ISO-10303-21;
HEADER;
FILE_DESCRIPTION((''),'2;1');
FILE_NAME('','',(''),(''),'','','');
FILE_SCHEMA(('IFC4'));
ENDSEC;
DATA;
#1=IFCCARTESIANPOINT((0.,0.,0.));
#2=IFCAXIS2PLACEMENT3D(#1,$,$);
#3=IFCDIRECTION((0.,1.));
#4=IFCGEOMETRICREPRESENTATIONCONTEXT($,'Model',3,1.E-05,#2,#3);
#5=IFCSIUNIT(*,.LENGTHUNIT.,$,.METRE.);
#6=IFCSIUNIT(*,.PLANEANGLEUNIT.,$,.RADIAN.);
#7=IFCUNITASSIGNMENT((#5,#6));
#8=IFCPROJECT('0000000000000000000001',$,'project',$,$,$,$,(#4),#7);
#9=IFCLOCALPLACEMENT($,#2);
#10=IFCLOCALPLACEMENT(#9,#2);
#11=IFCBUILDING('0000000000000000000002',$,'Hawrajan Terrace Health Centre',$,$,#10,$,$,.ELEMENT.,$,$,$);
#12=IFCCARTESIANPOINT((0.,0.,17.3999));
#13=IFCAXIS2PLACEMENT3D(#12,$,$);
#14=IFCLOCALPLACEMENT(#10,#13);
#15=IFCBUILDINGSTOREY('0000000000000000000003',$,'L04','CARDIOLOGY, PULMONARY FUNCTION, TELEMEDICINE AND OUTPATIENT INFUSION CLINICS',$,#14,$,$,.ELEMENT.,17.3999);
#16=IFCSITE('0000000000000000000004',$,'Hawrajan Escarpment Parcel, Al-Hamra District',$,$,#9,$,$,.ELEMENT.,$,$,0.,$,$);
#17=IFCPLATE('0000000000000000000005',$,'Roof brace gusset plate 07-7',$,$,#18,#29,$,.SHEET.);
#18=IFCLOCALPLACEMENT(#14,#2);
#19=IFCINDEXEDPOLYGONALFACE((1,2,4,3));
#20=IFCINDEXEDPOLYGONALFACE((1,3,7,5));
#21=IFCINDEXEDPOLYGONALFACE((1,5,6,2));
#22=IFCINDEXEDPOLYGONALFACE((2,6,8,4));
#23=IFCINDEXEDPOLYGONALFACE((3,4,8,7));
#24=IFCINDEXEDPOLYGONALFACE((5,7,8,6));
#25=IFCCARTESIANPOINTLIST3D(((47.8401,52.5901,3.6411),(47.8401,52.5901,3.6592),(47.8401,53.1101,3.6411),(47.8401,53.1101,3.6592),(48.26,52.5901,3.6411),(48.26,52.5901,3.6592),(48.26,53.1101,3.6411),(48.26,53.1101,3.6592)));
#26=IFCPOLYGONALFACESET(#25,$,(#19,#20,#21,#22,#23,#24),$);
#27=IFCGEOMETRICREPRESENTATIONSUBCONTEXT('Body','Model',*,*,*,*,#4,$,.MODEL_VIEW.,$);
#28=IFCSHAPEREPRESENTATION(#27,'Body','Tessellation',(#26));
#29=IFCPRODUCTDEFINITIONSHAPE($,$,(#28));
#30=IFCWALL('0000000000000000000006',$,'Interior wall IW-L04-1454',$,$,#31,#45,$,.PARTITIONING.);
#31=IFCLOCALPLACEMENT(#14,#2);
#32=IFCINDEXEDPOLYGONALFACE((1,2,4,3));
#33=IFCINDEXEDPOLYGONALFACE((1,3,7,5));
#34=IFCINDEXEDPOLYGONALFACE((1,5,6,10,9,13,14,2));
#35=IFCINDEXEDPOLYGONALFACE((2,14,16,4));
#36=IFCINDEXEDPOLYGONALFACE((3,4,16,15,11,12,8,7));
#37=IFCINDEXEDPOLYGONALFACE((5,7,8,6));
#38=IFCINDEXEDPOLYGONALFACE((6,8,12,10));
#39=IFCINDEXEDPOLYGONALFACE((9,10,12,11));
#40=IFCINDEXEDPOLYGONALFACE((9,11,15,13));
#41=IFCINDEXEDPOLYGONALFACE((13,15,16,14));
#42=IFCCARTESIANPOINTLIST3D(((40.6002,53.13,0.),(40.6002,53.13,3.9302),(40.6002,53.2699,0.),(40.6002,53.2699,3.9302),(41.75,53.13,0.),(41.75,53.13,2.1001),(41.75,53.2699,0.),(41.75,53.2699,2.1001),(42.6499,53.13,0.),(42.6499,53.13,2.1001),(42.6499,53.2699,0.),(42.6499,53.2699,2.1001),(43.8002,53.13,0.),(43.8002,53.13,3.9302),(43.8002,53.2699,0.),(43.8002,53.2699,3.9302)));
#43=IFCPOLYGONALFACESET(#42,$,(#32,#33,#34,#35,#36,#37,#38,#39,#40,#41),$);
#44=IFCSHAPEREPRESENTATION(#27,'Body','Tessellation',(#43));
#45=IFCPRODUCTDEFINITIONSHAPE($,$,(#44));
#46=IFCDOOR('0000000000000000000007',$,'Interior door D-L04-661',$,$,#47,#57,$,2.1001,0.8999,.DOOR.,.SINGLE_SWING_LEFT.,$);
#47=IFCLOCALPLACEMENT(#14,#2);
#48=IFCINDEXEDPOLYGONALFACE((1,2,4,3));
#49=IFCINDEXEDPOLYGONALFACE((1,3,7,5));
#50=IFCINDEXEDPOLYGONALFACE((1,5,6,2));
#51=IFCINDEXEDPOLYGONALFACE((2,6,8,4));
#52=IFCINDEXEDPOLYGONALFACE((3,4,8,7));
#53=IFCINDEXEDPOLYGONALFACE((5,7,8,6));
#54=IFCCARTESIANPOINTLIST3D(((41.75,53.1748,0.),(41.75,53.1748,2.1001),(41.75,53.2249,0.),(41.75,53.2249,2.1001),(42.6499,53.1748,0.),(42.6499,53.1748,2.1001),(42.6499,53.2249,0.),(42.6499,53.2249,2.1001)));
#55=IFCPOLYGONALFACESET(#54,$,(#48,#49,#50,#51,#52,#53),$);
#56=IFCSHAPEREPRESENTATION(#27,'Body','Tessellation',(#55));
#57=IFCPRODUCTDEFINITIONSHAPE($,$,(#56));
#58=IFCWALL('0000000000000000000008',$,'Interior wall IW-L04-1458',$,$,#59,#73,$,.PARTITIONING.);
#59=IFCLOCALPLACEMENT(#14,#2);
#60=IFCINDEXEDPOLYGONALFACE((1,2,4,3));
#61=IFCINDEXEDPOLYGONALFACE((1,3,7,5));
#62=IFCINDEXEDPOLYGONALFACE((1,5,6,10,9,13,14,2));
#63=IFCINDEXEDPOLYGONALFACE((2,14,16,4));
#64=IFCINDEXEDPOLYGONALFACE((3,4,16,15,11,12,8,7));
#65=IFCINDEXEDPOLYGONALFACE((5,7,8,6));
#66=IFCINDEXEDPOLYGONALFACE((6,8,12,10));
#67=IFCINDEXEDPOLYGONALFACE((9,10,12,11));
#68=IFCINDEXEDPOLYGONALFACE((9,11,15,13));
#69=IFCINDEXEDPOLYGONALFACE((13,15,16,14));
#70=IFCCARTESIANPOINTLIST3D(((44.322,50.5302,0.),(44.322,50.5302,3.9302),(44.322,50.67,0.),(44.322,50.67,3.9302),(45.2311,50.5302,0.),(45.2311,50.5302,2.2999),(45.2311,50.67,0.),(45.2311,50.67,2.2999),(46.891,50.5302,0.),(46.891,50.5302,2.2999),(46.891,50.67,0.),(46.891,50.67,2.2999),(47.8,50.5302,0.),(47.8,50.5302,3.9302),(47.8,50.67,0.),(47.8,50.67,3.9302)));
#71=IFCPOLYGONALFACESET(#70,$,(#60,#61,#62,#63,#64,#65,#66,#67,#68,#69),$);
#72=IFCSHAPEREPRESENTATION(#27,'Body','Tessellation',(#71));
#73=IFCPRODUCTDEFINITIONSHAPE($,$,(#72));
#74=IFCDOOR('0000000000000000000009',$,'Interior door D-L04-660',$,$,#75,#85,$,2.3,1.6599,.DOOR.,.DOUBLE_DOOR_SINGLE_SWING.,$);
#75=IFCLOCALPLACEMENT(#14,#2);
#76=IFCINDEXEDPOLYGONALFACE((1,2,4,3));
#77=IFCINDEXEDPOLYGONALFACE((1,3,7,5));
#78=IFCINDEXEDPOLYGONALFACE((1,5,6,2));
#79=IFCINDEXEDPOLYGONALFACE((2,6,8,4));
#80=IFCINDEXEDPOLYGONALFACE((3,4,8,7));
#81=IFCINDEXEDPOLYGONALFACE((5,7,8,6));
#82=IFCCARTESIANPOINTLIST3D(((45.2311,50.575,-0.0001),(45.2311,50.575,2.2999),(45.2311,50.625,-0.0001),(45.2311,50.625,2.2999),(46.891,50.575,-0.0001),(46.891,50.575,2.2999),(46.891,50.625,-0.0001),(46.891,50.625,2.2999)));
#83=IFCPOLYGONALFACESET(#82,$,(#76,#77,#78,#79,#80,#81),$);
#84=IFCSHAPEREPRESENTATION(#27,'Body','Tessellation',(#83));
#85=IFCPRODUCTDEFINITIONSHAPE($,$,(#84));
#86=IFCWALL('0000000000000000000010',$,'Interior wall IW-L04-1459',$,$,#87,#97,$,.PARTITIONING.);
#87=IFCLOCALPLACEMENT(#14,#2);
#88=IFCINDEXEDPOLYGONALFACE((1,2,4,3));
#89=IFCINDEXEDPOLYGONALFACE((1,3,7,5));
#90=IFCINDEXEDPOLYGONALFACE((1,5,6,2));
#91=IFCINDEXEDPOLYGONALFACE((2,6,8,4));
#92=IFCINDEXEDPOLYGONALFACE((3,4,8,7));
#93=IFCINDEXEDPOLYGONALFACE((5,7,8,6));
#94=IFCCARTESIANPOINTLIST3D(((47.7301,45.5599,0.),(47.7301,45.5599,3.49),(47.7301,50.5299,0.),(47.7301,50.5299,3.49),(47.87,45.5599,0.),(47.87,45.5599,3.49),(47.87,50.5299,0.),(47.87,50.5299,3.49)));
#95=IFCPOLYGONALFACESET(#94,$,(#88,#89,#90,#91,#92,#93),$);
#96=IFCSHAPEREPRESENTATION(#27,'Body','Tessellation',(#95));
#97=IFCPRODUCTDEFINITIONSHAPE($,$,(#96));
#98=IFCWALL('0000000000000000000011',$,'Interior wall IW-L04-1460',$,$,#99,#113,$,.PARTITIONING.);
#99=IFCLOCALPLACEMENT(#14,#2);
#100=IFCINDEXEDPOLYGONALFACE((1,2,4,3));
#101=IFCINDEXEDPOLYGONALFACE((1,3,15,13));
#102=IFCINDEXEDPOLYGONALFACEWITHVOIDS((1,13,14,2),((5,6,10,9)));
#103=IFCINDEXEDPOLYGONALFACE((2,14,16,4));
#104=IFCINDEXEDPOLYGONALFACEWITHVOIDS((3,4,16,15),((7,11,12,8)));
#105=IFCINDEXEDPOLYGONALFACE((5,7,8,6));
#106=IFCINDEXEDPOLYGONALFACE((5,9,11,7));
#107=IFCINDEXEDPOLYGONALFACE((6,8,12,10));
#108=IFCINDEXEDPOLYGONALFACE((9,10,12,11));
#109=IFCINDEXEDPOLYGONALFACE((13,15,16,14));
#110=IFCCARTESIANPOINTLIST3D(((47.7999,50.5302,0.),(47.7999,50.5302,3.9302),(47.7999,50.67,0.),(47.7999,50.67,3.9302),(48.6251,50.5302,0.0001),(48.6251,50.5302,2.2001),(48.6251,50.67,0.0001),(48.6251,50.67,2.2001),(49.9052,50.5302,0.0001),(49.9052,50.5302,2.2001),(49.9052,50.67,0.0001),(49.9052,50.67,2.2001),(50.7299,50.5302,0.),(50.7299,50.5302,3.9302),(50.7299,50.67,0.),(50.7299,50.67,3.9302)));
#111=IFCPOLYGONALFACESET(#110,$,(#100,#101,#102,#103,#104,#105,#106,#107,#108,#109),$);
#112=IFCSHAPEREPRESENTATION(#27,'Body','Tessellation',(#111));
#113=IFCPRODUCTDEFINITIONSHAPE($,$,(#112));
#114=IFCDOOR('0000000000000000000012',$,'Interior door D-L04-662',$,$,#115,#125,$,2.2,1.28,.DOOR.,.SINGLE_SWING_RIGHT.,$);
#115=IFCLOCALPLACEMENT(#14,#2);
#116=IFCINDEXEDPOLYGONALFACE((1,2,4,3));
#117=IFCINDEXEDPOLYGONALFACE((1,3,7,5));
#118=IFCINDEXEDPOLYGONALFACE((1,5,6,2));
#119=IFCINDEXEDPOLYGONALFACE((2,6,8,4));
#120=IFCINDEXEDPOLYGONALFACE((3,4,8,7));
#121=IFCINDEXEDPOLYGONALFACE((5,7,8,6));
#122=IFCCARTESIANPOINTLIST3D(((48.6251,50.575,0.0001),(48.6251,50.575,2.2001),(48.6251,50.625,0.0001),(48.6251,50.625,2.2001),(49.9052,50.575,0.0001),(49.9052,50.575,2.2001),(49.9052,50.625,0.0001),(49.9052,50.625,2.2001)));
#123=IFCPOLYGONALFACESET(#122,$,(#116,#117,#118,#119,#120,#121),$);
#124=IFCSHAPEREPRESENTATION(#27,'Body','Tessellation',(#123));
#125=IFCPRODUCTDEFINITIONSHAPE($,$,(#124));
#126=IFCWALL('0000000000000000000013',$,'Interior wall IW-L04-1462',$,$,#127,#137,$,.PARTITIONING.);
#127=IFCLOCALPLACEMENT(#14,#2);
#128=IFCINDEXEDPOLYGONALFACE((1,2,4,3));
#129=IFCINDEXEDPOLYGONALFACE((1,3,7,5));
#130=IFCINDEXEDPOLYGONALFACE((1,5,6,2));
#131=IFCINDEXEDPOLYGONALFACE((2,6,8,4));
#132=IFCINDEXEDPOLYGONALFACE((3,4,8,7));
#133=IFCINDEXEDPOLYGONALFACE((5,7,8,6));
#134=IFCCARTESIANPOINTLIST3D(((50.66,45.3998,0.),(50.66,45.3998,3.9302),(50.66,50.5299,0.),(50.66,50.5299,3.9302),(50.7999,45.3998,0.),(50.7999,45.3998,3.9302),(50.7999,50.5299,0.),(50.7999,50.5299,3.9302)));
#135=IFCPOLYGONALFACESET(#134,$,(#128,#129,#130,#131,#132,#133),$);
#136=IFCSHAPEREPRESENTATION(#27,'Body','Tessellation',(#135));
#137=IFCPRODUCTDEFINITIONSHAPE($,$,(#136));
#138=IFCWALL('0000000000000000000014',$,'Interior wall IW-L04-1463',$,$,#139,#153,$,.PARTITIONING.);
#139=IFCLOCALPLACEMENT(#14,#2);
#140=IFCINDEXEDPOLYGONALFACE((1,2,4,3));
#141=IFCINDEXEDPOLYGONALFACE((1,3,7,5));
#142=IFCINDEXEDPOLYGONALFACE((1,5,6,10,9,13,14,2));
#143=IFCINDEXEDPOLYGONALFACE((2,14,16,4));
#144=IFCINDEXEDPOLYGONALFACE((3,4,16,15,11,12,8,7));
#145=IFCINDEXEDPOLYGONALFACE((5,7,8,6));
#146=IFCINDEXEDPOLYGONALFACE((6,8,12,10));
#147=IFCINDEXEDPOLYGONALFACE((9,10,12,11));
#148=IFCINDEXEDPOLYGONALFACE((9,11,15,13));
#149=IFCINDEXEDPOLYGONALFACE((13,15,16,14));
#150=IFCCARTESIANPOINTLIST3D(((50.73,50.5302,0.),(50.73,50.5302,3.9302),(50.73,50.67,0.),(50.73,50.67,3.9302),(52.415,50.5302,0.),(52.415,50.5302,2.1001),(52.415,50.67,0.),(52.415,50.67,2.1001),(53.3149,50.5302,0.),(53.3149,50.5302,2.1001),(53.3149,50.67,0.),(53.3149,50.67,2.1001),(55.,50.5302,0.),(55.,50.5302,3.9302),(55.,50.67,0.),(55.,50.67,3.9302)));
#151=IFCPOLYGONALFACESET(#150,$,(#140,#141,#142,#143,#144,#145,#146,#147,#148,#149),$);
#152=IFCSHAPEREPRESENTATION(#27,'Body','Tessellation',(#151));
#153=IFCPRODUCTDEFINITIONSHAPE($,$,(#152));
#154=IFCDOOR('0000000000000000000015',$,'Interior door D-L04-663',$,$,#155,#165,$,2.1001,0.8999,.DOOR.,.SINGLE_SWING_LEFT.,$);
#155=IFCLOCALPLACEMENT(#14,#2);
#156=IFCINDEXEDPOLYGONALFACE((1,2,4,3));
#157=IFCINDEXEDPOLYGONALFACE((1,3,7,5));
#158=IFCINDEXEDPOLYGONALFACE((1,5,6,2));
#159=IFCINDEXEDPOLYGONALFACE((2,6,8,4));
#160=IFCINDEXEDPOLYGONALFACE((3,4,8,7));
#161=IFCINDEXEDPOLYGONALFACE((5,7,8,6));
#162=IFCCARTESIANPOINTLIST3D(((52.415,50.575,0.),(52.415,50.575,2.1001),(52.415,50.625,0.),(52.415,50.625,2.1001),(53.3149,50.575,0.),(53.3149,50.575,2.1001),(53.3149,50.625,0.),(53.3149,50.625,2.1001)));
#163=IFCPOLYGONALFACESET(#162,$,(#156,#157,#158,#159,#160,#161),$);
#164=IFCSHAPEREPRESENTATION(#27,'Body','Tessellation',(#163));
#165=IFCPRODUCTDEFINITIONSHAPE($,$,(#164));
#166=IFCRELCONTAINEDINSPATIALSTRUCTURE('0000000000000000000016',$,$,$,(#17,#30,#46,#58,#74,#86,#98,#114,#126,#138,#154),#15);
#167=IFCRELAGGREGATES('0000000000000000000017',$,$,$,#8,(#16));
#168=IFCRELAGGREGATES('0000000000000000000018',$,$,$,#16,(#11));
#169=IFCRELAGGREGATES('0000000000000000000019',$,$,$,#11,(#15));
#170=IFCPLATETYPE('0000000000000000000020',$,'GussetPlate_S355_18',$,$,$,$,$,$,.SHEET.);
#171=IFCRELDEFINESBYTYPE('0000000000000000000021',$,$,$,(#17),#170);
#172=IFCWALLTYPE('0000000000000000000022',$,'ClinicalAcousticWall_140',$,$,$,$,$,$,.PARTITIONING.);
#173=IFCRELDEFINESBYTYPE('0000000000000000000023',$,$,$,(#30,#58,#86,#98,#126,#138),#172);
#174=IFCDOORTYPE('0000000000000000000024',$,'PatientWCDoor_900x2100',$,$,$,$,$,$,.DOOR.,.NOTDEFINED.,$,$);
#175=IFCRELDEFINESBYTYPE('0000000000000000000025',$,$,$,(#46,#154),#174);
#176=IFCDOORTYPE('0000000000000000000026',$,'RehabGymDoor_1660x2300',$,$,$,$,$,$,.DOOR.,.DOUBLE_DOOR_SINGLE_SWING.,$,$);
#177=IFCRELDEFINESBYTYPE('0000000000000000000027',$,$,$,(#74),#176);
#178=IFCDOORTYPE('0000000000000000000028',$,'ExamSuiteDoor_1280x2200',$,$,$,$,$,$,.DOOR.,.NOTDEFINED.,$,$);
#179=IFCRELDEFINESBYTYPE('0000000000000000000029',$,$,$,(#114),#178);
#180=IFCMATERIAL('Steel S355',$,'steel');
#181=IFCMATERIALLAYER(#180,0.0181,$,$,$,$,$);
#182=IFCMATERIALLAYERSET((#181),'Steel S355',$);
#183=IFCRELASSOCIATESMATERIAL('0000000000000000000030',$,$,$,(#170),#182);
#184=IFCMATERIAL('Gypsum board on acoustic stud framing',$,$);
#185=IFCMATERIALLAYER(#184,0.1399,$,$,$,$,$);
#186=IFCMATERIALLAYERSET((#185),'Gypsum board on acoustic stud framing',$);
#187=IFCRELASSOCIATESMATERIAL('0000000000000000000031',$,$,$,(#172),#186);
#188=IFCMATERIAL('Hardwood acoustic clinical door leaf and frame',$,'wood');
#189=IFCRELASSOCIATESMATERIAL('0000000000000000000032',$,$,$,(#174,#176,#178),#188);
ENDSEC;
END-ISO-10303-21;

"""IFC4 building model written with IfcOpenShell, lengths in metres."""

from ifc_helpers import new_model, si_unit, direction, frame, frame_2d, origin, origin_2d, place, context, subcontext, project, spatial, rectangle, extrude, material, layer, layer_set, type_object, element, fill, save


model = new_model("IFC4")

# Units and contexts
model_context = context("Model", 3, precision=1e-05, world=origin(), true_north=direction((0.0, 1.0)))
body_context = subcontext(model_context, "Body", "Model", "MODEL_VIEW")
ifc_project = project(units=[si_unit("LENGTHUNIT", "METRE"), si_unit("PLANEANGLEUNIT", "RADIAN")], contexts=[model_context])

# Site, building, storey
site_placement = place(None, origin())
site = spatial("IfcSite", under=ifc_project, at=site_placement, Name="Hawrajan Escarpment Parcel, Al-Hamra District", CompositionType="ELEMENT", RefElevation=0.0)
building_placement = place(site_placement, origin())
building = spatial("IfcBuilding", under=site, at=building_placement, Name="Hawrajan Terrace Health Centre", CompositionType="ELEMENT")
storey_placement = place(building_placement, frame((0.0, 0.0, 17.3999)))
storey = spatial("IfcBuildingStorey", under=building, at=storey_placement, Name="L04", Description="CARDIOLOGY, PULMONARY FUNCTION, TELEMEDICINE AND OUTPATIENT INFUSION CLINICS", CompositionType="ELEMENT", Elevation=17.3999)

# Plate
ifc_material_1 = material(Name="Steel S355", Category="steel")
ifc_layer_1 = layer(ifc_material_1, 0.0181)
ifc_layer_set_1 = layer_set([ifc_layer_1], Name="Steel S355")
plate_type = type_object("IfcPlateType", Name="GussetPlate_S355_18", PredefinedType="SHEET", material=ifc_layer_set_1)
for number, where, z_axis, x_axis, name in (
    (1, (48.05, 52.8501, 3.6411), (0.0, 0.0, 1.0), (1.0, 0.0, 0.0), "Roof brace gusset plate 07-7"),
):
    element("IfcPlate", number, at=place(storey_placement, frame(where, z_axis=z_axis, x_axis=x_axis)), inside=storey, type_object=plate_type, Name=name, PredefinedType="SHEET", context=body_context, shape_type="SweptSolid", body=[
        extrude(rectangle(XDim=0.4199, YDim=0.52, at=origin_2d()), origin(), (0.0, 0.0, 1.0), 0.0181),
    ])

# Walls, openings, doors
ifc_material_2 = material(Name="Gypsum board on acoustic stud framing")
ifc_layer_2 = layer(ifc_material_2, 0.1399)
ifc_layer_set_2 = layer_set([ifc_layer_2], Name="Gypsum board on acoustic stud framing")
wall_type_1 = type_object("IfcWallType", Name="ClinicalAcousticWall_140", PredefinedType="PARTITIONING", material=ifc_layer_set_2)
wall_1_placement = place(storey_placement, frame((40.6001, 53.2, 0.0), z_axis=(0.0, 0.0, 1.0), x_axis=(1.0, 0.0, 0.0)))
wall_1 = element("IfcWall", 2, at=wall_1_placement, inside=storey, type_object=wall_type_1, Name="Interior wall IW-L04-1454", PredefinedType="PARTITIONING", context=body_context, shape_type="SweptSolid", body=[
    extrude(rectangle(XDim=3.2, YDim=0.1399, at=frame_2d((1.6001, 0.0))), origin(), (0.0, 0.0, 1.0), 3.9302),
])
opening_1_placement = place(wall_1_placement, frame((1.1499, 0.0, 0.0)))
opening_1 = element("IfcOpeningElement", 3, at=opening_1_placement, cuts=wall_1, PredefinedType="OPENING", context=body_context, shape_type="SweptSolid", body=[
    extrude(rectangle(XDim=0.8999, YDim=2.1001, at=frame_2d((0.45, 1.05))), frame((0.0, 0.0798, 0.0), z_axis=(0.0, -1.0, 0.0), x_axis=(1.0, 0.0, 0.0)), (0.0, 0.0, 1.0), 0.1599),
])
ifc_material_3 = material(Name="Hardwood acoustic clinical door leaf and frame", Category="wood")
door_type_1 = type_object("IfcDoorType", Name="PatientWCDoor_900x2100", OperationType="NOTDEFINED", PredefinedType="DOOR", material=ifc_material_3)
door_1_placement = place(opening_1_placement, origin())
door_1 = element("IfcDoor", 4, at=door_1_placement, inside=storey, type_object=door_type_1, Name="Interior door D-L04-661", OperationType="SINGLE_SWING_LEFT", OverallHeight=2.1001, OverallWidth=0.8999, PredefinedType="DOOR", context=body_context, shape_type="SweptSolid", body=[
    extrude(rectangle(XDim=0.8999, YDim=2.1001, at=frame_2d((0.45, 1.05))), frame((0.0, 0.0249, 0.0), z_axis=(0.0, -1.0, 0.0), x_axis=(1.0, 0.0, 0.0)), (0.0, 0.0, 1.0), 0.05),
])
fill(opening_1, door_1)
wall_2_placement = place(storey_placement, frame((44.322, 50.6001, 0.0), z_axis=(0.0, 0.0, 1.0), x_axis=(1.0, 0.0, 0.0)))
wall_2 = element("IfcWall", 5, at=wall_2_placement, inside=storey, type_object=wall_type_1, Name="Interior wall IW-L04-1458", PredefinedType="PARTITIONING", context=body_context, shape_type="SweptSolid", body=[
    extrude(rectangle(XDim=3.478, YDim=0.1399, at=frame_2d((1.739, 0.0))), origin(), (0.0, 0.0, 1.0), 3.9302),
])
opening_2_placement = place(wall_2_placement, frame((0.9089, 0.0, 0.0)))
opening_2 = element("IfcOpeningElement", 6, at=opening_2_placement, cuts=wall_2, PredefinedType="OPENING", context=body_context, shape_type="SweptSolid", body=[
    extrude(rectangle(XDim=1.6599, YDim=2.3, at=frame_2d((0.8301, 1.1499))), frame((0.0, 0.0798, 0.0), z_axis=(0.0, -1.0, 0.0), x_axis=(1.0, 0.0, 0.0)), (0.0, 0.0, 1.0), 0.1599),
])
door_type_2 = type_object("IfcDoorType", Name="RehabGymDoor_1660x2300", OperationType="DOUBLE_DOOR_SINGLE_SWING", PredefinedType="DOOR", material=ifc_material_3)
door_2_placement = place(opening_2_placement, origin())
door_2 = element("IfcDoor", 7, at=door_2_placement, inside=storey, type_object=door_type_2, Name="Interior door D-L04-660", OperationType="DOUBLE_DOOR_SINGLE_SWING", OverallHeight=2.3, OverallWidth=1.6599, PredefinedType="DOOR", context=body_context, shape_type="SweptSolid", body=[
    extrude(rectangle(XDim=1.6599, YDim=2.3, at=frame_2d((0.8301, 1.1499))), frame((0.0, 0.0249, 0.0), z_axis=(0.0, -1.0, 0.0), x_axis=(1.0, 0.0, 0.0)), (0.0, 0.0, 1.0), 0.05),
])
fill(opening_2, door_2)

# Wall
wall_3_placement = place(storey_placement, frame((47.8, 45.5601, 0.0), z_axis=(0.0, 0.0, 1.0), x_axis=(0.0, 1.0, 0.0)))
element("IfcWall", 8, at=wall_3_placement, inside=storey, type_object=wall_type_1, Name="Interior wall IW-L04-1459", PredefinedType="PARTITIONING", context=body_context, shape_type="SweptSolid", body=[
    extrude(rectangle(XDim=4.97, YDim=0.1399, at=frame_2d((2.4849, 0.0))), origin(), (0.0, 0.0, 1.0), 3.49),
])

# Wall, opening, door
wall_4_placement = place(storey_placement, frame((47.8, 50.6001, 0.0), z_axis=(0.0, 0.0, 1.0), x_axis=(1.0, 0.0, 0.0)))
wall_4 = element("IfcWall", 9, at=wall_4_placement, inside=storey, type_object=wall_type_1, Name="Interior wall IW-L04-1460", PredefinedType="PARTITIONING", context=body_context, shape_type="SweptSolid", body=[
    extrude(rectangle(XDim=2.9299, YDim=0.1399, at=frame_2d((1.4648, 0.0))), origin(), (0.0, 0.0, 1.0), 3.9302),
])
opening_3_placement = place(wall_4_placement, frame((0.825, 0.0, 0.0)))
opening_3 = element("IfcOpeningElement", 10, at=opening_3_placement, cuts=wall_4, PredefinedType="OPENING", context=body_context, shape_type="SweptSolid", body=[
    extrude(rectangle(XDim=1.28, YDim=2.2, at=frame_2d((0.6401, 1.1001))), frame((0.0, 0.0798, 0.0), z_axis=(0.0, -1.0, 0.0), x_axis=(1.0, 0.0, 0.0)), (0.0, 0.0, 1.0), 0.1599),
])
door_type_3 = type_object("IfcDoorType", Name="ExamSuiteDoor_1280x2200", OperationType="NOTDEFINED", PredefinedType="DOOR", material=ifc_material_3)
door_3_placement = place(opening_3_placement, origin())
door_3 = element("IfcDoor", 11, at=door_3_placement, inside=storey, type_object=door_type_3, Name="Interior door D-L04-662", OperationType="SINGLE_SWING_RIGHT", OverallHeight=2.2, OverallWidth=1.28, PredefinedType="DOOR", context=body_context, shape_type="SweptSolid", body=[
    extrude(rectangle(XDim=1.28, YDim=2.2, at=frame_2d((0.6401, 1.1001))), frame((0.0, 0.0249, 0.0), z_axis=(0.0, -1.0, 0.0), x_axis=(1.0, 0.0, 0.0)), (0.0, 0.0, 1.0), 0.05),
])
fill(opening_3, door_3)

# Wall
wall_5_placement = place(storey_placement, frame((50.73, 45.3999, 0.0), z_axis=(0.0, 0.0, 1.0), x_axis=(0.0, 1.0, 0.0)))
element("IfcWall", 12, at=wall_5_placement, inside=storey, type_object=wall_type_1, Name="Interior wall IW-L04-1462", PredefinedType="PARTITIONING", context=body_context, shape_type="SweptSolid", body=[
    extrude(rectangle(XDim=5.1301, YDim=0.1399, at=frame_2d((2.5649, 0.0))), origin(), (0.0, 0.0, 1.0), 3.9302),
])

# Wall, opening, door
wall_6_placement = place(storey_placement, frame((50.73, 50.6001, 0.0), z_axis=(0.0, 0.0, 1.0), x_axis=(1.0, 0.0, 0.0)))
wall_6 = element("IfcWall", 13, at=wall_6_placement, inside=storey, type_object=wall_type_1, Name="Interior wall IW-L04-1463", PredefinedType="PARTITIONING", context=body_context, shape_type="SweptSolid", body=[
    extrude(rectangle(XDim=4.27, YDim=0.1399, at=frame_2d((2.135, 0.0))), origin(), (0.0, 0.0, 1.0), 3.9302),
])
opening_4_placement = place(wall_6_placement, frame((1.6851, 0.0, 0.0)))
opening_4 = element("IfcOpeningElement", 14, at=opening_4_placement, cuts=wall_6, PredefinedType="OPENING", context=body_context, shape_type="SweptSolid", body=[
    extrude(rectangle(XDim=0.8999, YDim=2.1001, at=frame_2d((0.45, 1.05))), frame((0.0, 0.0798, 0.0), z_axis=(0.0, -1.0, 0.0), x_axis=(1.0, 0.0, 0.0)), (0.0, 0.0, 1.0), 0.1599),
])
door_4_placement = place(opening_4_placement, origin())
door_4 = element("IfcDoor", 15, at=door_4_placement, inside=storey, type_object=door_type_1, Name="Interior door D-L04-663", OperationType="SINGLE_SWING_LEFT", OverallHeight=2.1001, OverallWidth=0.8999, PredefinedType="DOOR", context=body_context, shape_type="SweptSolid", body=[
    extrude(rectangle(XDim=0.8999, YDim=2.1001, at=frame_2d((0.45, 1.05))), frame((0.0, 0.0249, 0.0), z_axis=(0.0, -1.0, 0.0), x_axis=(1.0, 0.0, 0.0)), (0.0, 0.0, 1.0), 0.05),
])
fill(opening_4, door_4)

save(model, "model.ifc")
